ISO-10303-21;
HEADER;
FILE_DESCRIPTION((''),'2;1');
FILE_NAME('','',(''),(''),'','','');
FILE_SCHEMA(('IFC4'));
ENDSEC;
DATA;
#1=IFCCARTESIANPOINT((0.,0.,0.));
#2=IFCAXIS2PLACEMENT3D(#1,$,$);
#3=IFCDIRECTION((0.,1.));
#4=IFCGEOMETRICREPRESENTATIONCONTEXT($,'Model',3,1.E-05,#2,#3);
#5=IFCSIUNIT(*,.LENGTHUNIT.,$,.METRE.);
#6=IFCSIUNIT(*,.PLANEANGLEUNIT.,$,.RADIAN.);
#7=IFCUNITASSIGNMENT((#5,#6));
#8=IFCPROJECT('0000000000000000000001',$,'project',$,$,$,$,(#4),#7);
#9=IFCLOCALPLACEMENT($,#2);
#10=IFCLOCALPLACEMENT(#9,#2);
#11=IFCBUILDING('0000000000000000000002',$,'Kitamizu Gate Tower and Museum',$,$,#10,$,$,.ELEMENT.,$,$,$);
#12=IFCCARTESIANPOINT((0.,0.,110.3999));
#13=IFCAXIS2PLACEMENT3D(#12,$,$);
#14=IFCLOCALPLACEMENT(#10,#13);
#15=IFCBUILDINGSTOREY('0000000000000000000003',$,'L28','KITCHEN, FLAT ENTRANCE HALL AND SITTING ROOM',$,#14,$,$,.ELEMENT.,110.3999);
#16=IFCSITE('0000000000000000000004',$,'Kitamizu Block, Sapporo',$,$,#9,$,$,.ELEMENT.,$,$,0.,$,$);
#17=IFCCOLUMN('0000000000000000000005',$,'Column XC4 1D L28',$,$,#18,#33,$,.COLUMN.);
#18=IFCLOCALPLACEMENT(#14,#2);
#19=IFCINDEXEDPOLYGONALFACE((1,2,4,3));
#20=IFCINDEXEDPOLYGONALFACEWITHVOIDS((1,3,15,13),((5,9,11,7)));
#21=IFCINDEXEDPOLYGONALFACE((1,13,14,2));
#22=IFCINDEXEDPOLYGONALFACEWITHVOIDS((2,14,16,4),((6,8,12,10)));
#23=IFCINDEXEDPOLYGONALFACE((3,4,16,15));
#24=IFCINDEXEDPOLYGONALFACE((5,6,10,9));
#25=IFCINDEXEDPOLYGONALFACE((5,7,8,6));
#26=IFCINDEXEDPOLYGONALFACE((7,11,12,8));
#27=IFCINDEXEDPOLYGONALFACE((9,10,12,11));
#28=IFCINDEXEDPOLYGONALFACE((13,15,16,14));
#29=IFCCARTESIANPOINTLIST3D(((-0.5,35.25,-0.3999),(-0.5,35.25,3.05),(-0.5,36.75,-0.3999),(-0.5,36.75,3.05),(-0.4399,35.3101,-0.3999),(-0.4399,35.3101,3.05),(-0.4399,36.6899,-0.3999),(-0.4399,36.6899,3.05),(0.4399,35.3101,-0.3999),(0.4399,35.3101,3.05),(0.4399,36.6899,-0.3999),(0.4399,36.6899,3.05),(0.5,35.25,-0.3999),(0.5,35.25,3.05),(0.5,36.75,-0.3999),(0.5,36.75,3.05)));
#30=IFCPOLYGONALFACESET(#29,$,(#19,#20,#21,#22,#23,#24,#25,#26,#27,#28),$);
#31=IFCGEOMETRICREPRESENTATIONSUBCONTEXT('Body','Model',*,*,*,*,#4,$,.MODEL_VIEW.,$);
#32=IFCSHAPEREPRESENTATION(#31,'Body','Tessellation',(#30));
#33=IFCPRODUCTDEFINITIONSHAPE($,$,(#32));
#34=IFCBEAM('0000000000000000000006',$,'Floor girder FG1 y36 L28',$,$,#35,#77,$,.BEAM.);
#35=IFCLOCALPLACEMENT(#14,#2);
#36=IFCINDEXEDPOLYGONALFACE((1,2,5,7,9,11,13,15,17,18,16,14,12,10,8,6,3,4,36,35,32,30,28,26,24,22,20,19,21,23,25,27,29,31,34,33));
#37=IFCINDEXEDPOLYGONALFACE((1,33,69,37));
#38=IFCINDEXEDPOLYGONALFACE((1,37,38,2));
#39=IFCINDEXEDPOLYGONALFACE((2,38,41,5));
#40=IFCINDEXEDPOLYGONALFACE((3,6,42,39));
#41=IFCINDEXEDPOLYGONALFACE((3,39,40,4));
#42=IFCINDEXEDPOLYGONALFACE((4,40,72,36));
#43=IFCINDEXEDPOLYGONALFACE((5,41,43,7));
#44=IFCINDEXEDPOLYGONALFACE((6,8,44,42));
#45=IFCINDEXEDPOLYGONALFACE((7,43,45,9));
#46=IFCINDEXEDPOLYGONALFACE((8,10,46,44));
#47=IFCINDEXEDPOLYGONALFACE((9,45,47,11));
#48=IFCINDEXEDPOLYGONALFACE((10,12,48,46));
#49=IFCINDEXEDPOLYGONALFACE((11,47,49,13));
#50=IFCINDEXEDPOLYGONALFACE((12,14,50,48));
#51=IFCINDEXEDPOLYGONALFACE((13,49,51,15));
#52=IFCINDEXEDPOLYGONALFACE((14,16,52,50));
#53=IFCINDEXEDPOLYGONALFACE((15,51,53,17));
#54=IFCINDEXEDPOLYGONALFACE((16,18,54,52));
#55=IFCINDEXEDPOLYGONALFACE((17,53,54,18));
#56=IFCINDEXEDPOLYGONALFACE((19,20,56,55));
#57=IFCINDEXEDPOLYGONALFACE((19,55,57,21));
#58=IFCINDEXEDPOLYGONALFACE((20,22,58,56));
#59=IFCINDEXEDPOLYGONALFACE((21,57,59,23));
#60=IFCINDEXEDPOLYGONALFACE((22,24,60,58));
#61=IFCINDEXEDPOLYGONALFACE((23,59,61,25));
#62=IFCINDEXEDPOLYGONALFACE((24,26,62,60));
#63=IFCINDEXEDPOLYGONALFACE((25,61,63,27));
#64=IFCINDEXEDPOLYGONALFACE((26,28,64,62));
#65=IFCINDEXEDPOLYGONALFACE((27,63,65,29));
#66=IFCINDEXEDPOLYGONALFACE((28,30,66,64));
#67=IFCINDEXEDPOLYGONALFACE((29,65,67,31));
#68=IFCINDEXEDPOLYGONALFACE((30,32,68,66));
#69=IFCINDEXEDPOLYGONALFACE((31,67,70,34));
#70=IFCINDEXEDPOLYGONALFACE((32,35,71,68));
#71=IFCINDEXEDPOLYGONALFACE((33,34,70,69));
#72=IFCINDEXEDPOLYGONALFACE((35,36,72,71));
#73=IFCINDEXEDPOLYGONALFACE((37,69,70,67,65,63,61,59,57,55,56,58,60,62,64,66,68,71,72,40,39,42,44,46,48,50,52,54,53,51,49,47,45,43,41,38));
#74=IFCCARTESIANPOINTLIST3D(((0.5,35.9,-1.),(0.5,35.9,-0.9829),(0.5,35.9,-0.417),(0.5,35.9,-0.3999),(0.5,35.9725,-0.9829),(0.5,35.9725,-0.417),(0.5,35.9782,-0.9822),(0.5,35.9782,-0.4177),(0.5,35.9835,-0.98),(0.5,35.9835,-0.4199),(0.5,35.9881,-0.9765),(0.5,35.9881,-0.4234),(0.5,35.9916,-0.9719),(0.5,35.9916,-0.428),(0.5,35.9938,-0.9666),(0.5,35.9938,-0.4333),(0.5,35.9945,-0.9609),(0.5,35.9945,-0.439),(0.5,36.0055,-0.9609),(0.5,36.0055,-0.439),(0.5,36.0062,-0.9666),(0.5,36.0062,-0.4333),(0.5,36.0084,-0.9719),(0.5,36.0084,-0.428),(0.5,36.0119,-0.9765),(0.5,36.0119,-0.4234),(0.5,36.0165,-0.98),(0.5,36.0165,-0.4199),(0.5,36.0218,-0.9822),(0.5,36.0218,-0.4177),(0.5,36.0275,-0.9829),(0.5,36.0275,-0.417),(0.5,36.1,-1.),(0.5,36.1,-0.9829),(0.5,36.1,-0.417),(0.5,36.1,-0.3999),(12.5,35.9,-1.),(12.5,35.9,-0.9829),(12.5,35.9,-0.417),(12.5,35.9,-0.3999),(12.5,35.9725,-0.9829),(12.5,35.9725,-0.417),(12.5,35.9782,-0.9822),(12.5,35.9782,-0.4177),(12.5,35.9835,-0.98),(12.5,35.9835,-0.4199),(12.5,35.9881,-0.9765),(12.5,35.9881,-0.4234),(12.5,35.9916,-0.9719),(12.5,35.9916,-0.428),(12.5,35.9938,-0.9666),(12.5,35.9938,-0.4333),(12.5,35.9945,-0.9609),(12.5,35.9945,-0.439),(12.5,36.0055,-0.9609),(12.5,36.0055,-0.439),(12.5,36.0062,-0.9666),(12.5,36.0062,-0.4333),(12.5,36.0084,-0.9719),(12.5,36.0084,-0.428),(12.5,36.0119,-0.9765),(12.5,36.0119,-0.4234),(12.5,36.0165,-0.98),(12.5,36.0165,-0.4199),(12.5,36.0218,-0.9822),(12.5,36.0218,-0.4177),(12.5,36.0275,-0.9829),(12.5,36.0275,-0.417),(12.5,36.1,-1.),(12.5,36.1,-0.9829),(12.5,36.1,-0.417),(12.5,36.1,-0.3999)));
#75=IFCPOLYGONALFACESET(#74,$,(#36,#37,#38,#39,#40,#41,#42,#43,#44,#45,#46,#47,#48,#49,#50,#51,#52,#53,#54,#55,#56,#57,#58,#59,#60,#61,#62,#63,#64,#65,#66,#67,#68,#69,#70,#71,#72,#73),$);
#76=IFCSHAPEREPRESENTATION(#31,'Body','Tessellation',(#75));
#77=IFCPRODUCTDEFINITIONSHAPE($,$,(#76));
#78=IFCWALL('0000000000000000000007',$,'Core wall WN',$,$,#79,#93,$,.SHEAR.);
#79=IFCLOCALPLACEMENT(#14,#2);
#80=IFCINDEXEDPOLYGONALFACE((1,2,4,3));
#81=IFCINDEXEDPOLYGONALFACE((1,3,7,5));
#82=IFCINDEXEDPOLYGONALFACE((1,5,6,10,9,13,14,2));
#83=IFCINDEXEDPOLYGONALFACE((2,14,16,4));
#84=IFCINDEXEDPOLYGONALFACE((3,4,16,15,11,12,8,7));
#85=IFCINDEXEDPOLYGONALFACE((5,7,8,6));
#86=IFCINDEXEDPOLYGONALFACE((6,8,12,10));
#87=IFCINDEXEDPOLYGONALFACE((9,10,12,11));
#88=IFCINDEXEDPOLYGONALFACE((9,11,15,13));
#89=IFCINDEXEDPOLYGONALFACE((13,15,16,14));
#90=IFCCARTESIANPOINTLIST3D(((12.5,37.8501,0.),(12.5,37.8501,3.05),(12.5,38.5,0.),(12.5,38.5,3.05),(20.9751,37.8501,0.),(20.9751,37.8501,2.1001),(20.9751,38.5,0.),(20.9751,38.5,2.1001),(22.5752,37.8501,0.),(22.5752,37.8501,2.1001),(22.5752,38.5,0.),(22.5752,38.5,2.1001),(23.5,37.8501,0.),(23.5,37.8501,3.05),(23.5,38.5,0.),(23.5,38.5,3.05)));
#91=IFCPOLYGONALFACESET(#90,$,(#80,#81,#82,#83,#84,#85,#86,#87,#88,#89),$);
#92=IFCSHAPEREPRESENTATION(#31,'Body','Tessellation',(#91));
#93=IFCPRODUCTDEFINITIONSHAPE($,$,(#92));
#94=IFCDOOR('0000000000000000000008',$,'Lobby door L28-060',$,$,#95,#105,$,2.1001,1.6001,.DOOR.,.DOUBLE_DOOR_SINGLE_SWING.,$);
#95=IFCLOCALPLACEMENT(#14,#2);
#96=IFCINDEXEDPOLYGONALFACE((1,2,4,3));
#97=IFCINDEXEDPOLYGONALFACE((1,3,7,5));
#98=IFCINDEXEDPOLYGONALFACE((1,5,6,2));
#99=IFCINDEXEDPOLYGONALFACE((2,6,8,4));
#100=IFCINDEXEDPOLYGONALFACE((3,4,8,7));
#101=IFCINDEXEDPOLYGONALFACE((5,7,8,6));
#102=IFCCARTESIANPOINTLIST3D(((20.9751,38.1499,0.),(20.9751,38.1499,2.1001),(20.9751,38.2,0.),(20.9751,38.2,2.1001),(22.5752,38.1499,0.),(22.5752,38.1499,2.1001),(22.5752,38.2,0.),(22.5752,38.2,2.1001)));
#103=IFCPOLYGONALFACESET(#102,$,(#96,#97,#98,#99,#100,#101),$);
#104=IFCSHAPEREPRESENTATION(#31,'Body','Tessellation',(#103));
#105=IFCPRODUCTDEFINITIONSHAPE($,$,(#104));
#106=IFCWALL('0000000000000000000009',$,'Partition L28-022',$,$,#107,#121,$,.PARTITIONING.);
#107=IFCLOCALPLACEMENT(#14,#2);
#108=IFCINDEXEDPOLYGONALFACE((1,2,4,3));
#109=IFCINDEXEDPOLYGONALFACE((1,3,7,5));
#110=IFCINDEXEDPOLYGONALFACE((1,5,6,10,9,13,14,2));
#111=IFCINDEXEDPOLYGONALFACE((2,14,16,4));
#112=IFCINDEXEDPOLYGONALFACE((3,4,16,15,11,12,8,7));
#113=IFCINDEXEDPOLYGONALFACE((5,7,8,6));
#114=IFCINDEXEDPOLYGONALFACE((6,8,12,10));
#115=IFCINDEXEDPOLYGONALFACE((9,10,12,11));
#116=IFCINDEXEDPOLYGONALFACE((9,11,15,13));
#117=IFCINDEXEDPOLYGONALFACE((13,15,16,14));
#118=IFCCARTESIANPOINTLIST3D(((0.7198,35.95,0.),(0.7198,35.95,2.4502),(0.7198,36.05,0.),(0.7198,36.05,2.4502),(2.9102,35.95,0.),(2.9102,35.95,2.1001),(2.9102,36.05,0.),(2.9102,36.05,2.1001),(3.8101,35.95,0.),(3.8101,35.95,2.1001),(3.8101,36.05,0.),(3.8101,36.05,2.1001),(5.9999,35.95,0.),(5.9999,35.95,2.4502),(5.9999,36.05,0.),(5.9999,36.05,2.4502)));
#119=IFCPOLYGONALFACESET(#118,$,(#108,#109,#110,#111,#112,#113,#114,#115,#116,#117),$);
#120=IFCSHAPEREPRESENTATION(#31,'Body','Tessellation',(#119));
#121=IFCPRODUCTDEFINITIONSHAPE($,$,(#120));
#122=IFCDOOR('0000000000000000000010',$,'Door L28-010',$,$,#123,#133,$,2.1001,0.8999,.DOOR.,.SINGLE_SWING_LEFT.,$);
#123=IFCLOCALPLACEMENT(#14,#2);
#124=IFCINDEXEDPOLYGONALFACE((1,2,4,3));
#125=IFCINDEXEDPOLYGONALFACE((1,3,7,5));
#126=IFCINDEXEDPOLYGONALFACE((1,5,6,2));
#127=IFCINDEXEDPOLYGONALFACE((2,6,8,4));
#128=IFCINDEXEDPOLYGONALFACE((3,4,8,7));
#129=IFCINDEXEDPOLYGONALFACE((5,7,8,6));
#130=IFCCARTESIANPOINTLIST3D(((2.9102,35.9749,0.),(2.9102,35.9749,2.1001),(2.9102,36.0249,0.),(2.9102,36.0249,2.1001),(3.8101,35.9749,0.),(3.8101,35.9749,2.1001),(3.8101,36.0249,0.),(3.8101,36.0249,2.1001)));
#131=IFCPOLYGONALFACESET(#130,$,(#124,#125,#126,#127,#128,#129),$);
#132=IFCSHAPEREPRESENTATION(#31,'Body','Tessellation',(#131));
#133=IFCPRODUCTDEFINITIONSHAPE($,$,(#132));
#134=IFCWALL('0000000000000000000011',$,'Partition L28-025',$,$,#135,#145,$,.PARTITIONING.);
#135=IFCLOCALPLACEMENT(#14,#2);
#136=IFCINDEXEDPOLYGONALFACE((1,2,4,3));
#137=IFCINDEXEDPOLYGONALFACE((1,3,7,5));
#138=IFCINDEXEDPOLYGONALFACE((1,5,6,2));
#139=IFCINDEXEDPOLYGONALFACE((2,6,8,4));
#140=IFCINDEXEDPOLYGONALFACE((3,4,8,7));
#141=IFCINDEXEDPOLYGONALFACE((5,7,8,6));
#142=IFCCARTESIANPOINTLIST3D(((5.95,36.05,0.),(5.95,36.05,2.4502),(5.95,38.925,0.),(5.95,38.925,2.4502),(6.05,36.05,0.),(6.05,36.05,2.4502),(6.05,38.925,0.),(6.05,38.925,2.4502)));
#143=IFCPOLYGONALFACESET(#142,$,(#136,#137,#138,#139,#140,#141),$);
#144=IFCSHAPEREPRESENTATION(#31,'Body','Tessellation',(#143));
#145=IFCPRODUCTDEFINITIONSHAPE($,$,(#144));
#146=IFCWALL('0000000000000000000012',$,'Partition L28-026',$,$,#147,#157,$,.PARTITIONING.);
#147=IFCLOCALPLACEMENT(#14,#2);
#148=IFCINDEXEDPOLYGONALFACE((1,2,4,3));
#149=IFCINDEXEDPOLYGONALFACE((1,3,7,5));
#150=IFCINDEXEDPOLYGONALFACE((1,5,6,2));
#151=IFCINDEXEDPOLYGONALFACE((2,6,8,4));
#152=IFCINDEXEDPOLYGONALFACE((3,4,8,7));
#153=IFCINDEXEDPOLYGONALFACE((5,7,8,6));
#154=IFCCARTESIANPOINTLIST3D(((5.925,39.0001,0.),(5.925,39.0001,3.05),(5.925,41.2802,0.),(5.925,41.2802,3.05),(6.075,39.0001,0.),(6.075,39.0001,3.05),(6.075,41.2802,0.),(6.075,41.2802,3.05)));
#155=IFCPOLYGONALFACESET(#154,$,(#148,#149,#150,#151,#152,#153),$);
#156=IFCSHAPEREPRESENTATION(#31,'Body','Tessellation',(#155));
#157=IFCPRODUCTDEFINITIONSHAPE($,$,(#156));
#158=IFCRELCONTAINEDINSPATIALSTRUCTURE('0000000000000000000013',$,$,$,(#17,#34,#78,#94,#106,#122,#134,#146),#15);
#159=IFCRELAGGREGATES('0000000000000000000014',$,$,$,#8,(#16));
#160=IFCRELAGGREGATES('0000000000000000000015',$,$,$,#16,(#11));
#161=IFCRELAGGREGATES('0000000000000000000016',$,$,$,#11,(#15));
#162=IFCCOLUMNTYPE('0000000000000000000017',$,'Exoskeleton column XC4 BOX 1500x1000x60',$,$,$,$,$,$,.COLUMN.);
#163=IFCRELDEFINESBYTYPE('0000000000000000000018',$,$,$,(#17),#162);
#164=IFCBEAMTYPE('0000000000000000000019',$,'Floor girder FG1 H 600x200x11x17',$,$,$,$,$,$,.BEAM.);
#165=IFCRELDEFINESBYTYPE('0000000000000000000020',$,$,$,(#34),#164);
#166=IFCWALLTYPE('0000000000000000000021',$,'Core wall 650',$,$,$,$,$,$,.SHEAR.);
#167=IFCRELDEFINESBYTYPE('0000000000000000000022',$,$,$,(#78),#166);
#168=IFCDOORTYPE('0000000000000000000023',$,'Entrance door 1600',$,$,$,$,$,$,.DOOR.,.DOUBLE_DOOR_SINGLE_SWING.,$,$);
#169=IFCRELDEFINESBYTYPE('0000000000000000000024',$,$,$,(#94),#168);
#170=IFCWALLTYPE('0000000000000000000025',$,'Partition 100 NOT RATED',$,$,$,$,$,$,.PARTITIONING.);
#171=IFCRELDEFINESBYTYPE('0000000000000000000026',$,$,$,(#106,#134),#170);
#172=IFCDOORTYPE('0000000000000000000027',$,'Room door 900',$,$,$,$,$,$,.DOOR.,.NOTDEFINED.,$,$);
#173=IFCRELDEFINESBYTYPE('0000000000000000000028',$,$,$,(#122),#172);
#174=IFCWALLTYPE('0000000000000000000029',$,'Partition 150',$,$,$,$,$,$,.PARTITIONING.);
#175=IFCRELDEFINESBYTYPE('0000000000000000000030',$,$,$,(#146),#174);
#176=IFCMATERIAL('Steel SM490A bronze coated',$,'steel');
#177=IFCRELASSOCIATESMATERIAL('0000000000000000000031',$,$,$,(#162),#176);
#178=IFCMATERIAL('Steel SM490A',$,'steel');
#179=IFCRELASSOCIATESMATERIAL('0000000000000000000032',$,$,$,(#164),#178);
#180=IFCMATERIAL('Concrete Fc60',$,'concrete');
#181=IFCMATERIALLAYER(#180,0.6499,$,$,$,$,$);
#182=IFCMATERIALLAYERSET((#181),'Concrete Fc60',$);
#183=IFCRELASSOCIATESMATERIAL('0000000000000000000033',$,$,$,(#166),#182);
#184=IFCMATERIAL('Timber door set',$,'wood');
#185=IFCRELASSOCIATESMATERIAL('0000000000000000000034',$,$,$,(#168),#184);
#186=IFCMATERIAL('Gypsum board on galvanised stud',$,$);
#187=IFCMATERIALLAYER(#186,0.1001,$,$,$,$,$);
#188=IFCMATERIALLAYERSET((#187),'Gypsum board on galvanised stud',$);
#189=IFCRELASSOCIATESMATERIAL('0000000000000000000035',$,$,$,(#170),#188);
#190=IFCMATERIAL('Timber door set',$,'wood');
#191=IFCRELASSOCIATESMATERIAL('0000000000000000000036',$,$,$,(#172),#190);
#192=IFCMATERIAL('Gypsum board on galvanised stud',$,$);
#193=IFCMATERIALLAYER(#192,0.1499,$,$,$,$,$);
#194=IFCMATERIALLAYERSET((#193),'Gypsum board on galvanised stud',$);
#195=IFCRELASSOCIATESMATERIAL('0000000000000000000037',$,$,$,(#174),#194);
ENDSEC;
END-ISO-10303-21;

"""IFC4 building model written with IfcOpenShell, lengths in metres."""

from ifc_helpers import new_model, si_unit, direction, frame, frame_2d, origin, origin_2d, place, context, subcontext, project, spatial, rectangle, hollow_rectangle, i_section, extrude, material, layer, layer_set, material_profile, profile_set, type_object, element, fill, save


model = new_model("IFC4")

# Units and contexts
model_context = context("Model", 3, precision=1e-05, world=origin(), true_north=direction((0.0, 1.0)))
body_context = subcontext(model_context, "Body", "Model", "MODEL_VIEW")
ifc_project = project(units=[si_unit("LENGTHUNIT", "METRE"), si_unit("PLANEANGLEUNIT", "RADIAN")], contexts=[model_context])

# Site, building, storey
site_placement = place(None, origin())
site = spatial("IfcSite", under=ifc_project, at=site_placement, Name="Kitamizu Block, Sapporo", CompositionType="ELEMENT", RefElevation=0.0)
building_placement = place(site_placement, origin())
building = spatial("IfcBuilding", under=site, at=building_placement, Name="Kitamizu Gate Tower and Museum", CompositionType="ELEMENT")
storey_placement = place(building_placement, frame((0.0, 0.0, 110.3999)))
storey = spatial("IfcBuildingStorey", under=building, at=storey_placement, Name="L28", Description="KITCHEN, FLAT ENTRANCE HALL AND SITTING ROOM", CompositionType="ELEMENT", Elevation=110.3999)

# Column
ifc_material_1 = material(Name="Steel SM490A bronze coated", Category="steel")
ifc_material_profile_1 = material_profile(ifc_material_1, hollow_rectangle(XDim=1.5, YDim=1.0, WallThickness=0.0601, at=origin_2d()), Name="BOX 1500x1000x60")
ifc_profile_set_1 = profile_set([ifc_material_profile_1], Name="Steel SM490A bronze coated")
column_type = type_object("IfcColumnType", Name="Exoskeleton column XC4 BOX 1500x1000x60", PredefinedType="COLUMN", material=ifc_profile_set_1)
column_placement = place(storey_placement, frame((0.0, 36.0, -0.3999), z_axis=(0.0, 0.0, 1.0), x_axis=(0.0, 1.0, 0.0)))
element("IfcColumn", 1, at=column_placement, inside=storey, type_object=column_type, Name="Column XC4 1D L28", PredefinedType="COLUMN", context=body_context, shape_type="SweptSolid", body=[
    extrude(hollow_rectangle(XDim=1.5, YDim=1.0, WallThickness=0.0601, at=origin_2d()), origin(), (0.0, 0.0, 1.0), 3.45),
])

# Beam
ifc_material_2 = material(Name="Steel SM490A", Category="steel")
ifc_material_profile_2 = material_profile(ifc_material_2, i_section(OverallWidth=0.2, OverallDepth=0.6001, WebThickness=0.011, FlangeThickness=0.0171, FilletRadius=0.022, at=origin_2d()), Name="H-600x200x11x17")
ifc_profile_set_2 = profile_set([ifc_material_profile_2], Name="Steel SM490A")
beam_type = type_object("IfcBeamType", Name="Floor girder FG1 H 600x200x11x17", PredefinedType="BEAM", material=ifc_profile_set_2)
beam_placement = place(storey_placement, frame((0.5, 36.0, -0.7), z_axis=(1.0, 0.0, 0.0), x_axis=(0.0, 1.0, 0.0)))
element("IfcBeam", 2, at=beam_placement, inside=storey, type_object=beam_type, Name="Floor girder FG1 y36 L28", PredefinedType="BEAM", context=body_context, shape_type="SweptSolid", body=[
    extrude(i_section(OverallWidth=0.2, OverallDepth=0.6001, WebThickness=0.011, FlangeThickness=0.0171, FilletRadius=0.022, at=origin_2d()), origin(), (0.0, 0.0, 1.0), 12.0),
])

# Walls, openings, doors
ifc_material_3 = material(Name="Concrete Fc60", Category="concrete")
ifc_layer_1 = layer(ifc_material_3, 0.6499)
ifc_layer_set_1 = layer_set([ifc_layer_1], Name="Concrete Fc60")
wall_type_1 = type_object("IfcWallType", Name="Core wall 650", PredefinedType="SHEAR", material=ifc_layer_set_1)
wall_1_placement = place(storey_placement, frame((12.5, 38.175, 0.0), z_axis=(0.0, 0.0, 1.0), x_axis=(1.0, 0.0, 0.0)))
wall_1 = element("IfcWall", 3, at=wall_1_placement, inside=storey, type_object=wall_type_1, Name="Core wall WN", PredefinedType="SHEAR", context=body_context, shape_type="SweptSolid", body=[
    extrude(rectangle(XDim=11.0, YDim=0.6499, at=frame_2d((5.5, 0.0))), origin(), (0.0, 0.0, 1.0), 3.05),
])
opening_1_placement = place(wall_1_placement, frame((8.4751, 0.0, 0.0)))
opening_1 = element("IfcOpeningElement", 4, at=opening_1_placement, cuts=wall_1, PredefinedType="OPENING", context=body_context, shape_type="SweptSolid", body=[
    extrude(rectangle(XDim=1.6001, YDim=2.1001, at=frame_2d((0.8, 1.05))), frame((0.0, 0.335, 0.0), z_axis=(0.0, -1.0, 0.0), x_axis=(1.0, 0.0, 0.0)), (0.0, 0.0, 1.0), 0.6699),
])
ifc_material_4 = material(Name="Timber door set", Category="wood")
door_type_1 = type_object("IfcDoorType", Name="Entrance door 1600", OperationType="DOUBLE_DOOR_SINGLE_SWING", PredefinedType="DOOR", material=ifc_material_4)
door_1_placement = place(opening_1_placement, origin())
door_1 = element("IfcDoor", 5, at=door_1_placement, inside=storey, type_object=door_type_1, Name="Lobby door L28-060", OperationType="DOUBLE_DOOR_SINGLE_SWING", OverallHeight=2.1001, OverallWidth=1.6001, PredefinedType="DOOR", context=body_context, shape_type="SweptSolid", body=[
    extrude(rectangle(XDim=1.6001, YDim=2.1001, at=frame_2d((0.8, 1.05))), frame((0.0, 0.0249, 0.0), z_axis=(0.0, -1.0, 0.0), x_axis=(1.0, 0.0, 0.0)), (0.0, 0.0, 1.0), 0.05),
])
fill(opening_1, door_1)
ifc_material_5 = material(Name="Gypsum board on galvanised stud")
ifc_layer_2 = layer(ifc_material_5, 0.1001)
ifc_layer_set_2 = layer_set([ifc_layer_2], Name="Gypsum board on galvanised stud")
wall_type_2 = type_object("IfcWallType", Name="Partition 100 NOT RATED", PredefinedType="PARTITIONING", material=ifc_layer_set_2)
wall_2_placement = place(storey_placement, frame((6.0, 36.0, 0.0), z_axis=(0.0, 0.0, 1.0), x_axis=(-1.0, 0.0, 0.0)))
wall_2 = element("IfcWall", 6, at=wall_2_placement, inside=storey, type_object=wall_type_2, Name="Partition L28-022", PredefinedType="PARTITIONING", context=body_context, shape_type="SweptSolid", body=[
    extrude(rectangle(XDim=5.28, YDim=0.1001, at=frame_2d((2.6401, 0.0))), origin(), (0.0, 0.0, 1.0), 2.4502),
])
opening_2_placement = place(wall_2_placement, frame((2.1899, 0.0, 0.0)))
opening_2 = element("IfcOpeningElement", 7, at=opening_2_placement, cuts=wall_2, PredefinedType="OPENING", context=body_context, shape_type="SweptSolid", body=[
    extrude(rectangle(XDim=0.8999, YDim=2.1001, at=frame_2d((0.45, 1.05))), frame((0.0, 0.0601, 0.0), z_axis=(0.0, -1.0, 0.0), x_axis=(1.0, 0.0, 0.0)), (0.0, 0.0, 1.0), 0.1201),
])
ifc_material_6 = material(Name="Timber door set", Category="wood")
door_type_2 = type_object("IfcDoorType", Name="Room door 900", OperationType="NOTDEFINED", PredefinedType="DOOR", material=ifc_material_6)
door_2_placement = place(opening_2_placement, frame((0.8999, 0.0, 0.0), x_axis=(-1.0, 0.0, 0.0)))
door_2 = element("IfcDoor", 8, at=door_2_placement, inside=storey, type_object=door_type_2, Name="Door L28-010", OperationType="SINGLE_SWING_LEFT", OverallHeight=2.1001, OverallWidth=0.8999, PredefinedType="DOOR", context=body_context, shape_type="SweptSolid", body=[
    extrude(rectangle(XDim=0.8999, YDim=2.1001, at=frame_2d((0.45, 1.05))), frame((0.0, 0.0249, 0.0), z_axis=(0.0, -1.0, 0.0), x_axis=(1.0, 0.0, 0.0)), (0.0, 0.0, 1.0), 0.05),
])
fill(opening_2, door_2)

# Walls
wall_3_placement = place(storey_placement, frame((6.0, 36.05, 0.0), z_axis=(0.0, 0.0, 1.0), x_axis=(0.0, 1.0, 0.0)))
element("IfcWall", 9, at=wall_3_placement, inside=storey, type_object=wall_type_2, Name="Partition L28-025", PredefinedType="PARTITIONING", context=body_context, shape_type="SweptSolid", body=[
    extrude(rectangle(XDim=2.875, YDim=0.1001, at=frame_2d((1.4375, 0.0))), origin(), (0.0, 0.0, 1.0), 2.4502),
])
ifc_material_7 = material(Name="Gypsum board on galvanised stud")
ifc_layer_3 = layer(ifc_material_7, 0.1499)
ifc_layer_set_3 = layer_set([ifc_layer_3], Name="Gypsum board on galvanised stud")
wall_type_3 = type_object("IfcWallType", Name="Partition 150", PredefinedType="PARTITIONING", material=ifc_layer_set_3)
wall_4_placement = place(storey_placement, frame((6.0, 39.0, 0.0), z_axis=(0.0, 0.0, 1.0), x_axis=(0.0, 1.0, 0.0)))
element("IfcWall", 10, at=wall_4_placement, inside=storey, type_object=wall_type_3, Name="Partition L28-026", PredefinedType="PARTITIONING", context=body_context, shape_type="SweptSolid", body=[
    extrude(rectangle(XDim=2.28, YDim=0.1499, at=frame_2d((1.1401, 0.0))), origin(), (0.0, 0.0, 1.0), 3.05),
])

save(model, "model.ifc")
